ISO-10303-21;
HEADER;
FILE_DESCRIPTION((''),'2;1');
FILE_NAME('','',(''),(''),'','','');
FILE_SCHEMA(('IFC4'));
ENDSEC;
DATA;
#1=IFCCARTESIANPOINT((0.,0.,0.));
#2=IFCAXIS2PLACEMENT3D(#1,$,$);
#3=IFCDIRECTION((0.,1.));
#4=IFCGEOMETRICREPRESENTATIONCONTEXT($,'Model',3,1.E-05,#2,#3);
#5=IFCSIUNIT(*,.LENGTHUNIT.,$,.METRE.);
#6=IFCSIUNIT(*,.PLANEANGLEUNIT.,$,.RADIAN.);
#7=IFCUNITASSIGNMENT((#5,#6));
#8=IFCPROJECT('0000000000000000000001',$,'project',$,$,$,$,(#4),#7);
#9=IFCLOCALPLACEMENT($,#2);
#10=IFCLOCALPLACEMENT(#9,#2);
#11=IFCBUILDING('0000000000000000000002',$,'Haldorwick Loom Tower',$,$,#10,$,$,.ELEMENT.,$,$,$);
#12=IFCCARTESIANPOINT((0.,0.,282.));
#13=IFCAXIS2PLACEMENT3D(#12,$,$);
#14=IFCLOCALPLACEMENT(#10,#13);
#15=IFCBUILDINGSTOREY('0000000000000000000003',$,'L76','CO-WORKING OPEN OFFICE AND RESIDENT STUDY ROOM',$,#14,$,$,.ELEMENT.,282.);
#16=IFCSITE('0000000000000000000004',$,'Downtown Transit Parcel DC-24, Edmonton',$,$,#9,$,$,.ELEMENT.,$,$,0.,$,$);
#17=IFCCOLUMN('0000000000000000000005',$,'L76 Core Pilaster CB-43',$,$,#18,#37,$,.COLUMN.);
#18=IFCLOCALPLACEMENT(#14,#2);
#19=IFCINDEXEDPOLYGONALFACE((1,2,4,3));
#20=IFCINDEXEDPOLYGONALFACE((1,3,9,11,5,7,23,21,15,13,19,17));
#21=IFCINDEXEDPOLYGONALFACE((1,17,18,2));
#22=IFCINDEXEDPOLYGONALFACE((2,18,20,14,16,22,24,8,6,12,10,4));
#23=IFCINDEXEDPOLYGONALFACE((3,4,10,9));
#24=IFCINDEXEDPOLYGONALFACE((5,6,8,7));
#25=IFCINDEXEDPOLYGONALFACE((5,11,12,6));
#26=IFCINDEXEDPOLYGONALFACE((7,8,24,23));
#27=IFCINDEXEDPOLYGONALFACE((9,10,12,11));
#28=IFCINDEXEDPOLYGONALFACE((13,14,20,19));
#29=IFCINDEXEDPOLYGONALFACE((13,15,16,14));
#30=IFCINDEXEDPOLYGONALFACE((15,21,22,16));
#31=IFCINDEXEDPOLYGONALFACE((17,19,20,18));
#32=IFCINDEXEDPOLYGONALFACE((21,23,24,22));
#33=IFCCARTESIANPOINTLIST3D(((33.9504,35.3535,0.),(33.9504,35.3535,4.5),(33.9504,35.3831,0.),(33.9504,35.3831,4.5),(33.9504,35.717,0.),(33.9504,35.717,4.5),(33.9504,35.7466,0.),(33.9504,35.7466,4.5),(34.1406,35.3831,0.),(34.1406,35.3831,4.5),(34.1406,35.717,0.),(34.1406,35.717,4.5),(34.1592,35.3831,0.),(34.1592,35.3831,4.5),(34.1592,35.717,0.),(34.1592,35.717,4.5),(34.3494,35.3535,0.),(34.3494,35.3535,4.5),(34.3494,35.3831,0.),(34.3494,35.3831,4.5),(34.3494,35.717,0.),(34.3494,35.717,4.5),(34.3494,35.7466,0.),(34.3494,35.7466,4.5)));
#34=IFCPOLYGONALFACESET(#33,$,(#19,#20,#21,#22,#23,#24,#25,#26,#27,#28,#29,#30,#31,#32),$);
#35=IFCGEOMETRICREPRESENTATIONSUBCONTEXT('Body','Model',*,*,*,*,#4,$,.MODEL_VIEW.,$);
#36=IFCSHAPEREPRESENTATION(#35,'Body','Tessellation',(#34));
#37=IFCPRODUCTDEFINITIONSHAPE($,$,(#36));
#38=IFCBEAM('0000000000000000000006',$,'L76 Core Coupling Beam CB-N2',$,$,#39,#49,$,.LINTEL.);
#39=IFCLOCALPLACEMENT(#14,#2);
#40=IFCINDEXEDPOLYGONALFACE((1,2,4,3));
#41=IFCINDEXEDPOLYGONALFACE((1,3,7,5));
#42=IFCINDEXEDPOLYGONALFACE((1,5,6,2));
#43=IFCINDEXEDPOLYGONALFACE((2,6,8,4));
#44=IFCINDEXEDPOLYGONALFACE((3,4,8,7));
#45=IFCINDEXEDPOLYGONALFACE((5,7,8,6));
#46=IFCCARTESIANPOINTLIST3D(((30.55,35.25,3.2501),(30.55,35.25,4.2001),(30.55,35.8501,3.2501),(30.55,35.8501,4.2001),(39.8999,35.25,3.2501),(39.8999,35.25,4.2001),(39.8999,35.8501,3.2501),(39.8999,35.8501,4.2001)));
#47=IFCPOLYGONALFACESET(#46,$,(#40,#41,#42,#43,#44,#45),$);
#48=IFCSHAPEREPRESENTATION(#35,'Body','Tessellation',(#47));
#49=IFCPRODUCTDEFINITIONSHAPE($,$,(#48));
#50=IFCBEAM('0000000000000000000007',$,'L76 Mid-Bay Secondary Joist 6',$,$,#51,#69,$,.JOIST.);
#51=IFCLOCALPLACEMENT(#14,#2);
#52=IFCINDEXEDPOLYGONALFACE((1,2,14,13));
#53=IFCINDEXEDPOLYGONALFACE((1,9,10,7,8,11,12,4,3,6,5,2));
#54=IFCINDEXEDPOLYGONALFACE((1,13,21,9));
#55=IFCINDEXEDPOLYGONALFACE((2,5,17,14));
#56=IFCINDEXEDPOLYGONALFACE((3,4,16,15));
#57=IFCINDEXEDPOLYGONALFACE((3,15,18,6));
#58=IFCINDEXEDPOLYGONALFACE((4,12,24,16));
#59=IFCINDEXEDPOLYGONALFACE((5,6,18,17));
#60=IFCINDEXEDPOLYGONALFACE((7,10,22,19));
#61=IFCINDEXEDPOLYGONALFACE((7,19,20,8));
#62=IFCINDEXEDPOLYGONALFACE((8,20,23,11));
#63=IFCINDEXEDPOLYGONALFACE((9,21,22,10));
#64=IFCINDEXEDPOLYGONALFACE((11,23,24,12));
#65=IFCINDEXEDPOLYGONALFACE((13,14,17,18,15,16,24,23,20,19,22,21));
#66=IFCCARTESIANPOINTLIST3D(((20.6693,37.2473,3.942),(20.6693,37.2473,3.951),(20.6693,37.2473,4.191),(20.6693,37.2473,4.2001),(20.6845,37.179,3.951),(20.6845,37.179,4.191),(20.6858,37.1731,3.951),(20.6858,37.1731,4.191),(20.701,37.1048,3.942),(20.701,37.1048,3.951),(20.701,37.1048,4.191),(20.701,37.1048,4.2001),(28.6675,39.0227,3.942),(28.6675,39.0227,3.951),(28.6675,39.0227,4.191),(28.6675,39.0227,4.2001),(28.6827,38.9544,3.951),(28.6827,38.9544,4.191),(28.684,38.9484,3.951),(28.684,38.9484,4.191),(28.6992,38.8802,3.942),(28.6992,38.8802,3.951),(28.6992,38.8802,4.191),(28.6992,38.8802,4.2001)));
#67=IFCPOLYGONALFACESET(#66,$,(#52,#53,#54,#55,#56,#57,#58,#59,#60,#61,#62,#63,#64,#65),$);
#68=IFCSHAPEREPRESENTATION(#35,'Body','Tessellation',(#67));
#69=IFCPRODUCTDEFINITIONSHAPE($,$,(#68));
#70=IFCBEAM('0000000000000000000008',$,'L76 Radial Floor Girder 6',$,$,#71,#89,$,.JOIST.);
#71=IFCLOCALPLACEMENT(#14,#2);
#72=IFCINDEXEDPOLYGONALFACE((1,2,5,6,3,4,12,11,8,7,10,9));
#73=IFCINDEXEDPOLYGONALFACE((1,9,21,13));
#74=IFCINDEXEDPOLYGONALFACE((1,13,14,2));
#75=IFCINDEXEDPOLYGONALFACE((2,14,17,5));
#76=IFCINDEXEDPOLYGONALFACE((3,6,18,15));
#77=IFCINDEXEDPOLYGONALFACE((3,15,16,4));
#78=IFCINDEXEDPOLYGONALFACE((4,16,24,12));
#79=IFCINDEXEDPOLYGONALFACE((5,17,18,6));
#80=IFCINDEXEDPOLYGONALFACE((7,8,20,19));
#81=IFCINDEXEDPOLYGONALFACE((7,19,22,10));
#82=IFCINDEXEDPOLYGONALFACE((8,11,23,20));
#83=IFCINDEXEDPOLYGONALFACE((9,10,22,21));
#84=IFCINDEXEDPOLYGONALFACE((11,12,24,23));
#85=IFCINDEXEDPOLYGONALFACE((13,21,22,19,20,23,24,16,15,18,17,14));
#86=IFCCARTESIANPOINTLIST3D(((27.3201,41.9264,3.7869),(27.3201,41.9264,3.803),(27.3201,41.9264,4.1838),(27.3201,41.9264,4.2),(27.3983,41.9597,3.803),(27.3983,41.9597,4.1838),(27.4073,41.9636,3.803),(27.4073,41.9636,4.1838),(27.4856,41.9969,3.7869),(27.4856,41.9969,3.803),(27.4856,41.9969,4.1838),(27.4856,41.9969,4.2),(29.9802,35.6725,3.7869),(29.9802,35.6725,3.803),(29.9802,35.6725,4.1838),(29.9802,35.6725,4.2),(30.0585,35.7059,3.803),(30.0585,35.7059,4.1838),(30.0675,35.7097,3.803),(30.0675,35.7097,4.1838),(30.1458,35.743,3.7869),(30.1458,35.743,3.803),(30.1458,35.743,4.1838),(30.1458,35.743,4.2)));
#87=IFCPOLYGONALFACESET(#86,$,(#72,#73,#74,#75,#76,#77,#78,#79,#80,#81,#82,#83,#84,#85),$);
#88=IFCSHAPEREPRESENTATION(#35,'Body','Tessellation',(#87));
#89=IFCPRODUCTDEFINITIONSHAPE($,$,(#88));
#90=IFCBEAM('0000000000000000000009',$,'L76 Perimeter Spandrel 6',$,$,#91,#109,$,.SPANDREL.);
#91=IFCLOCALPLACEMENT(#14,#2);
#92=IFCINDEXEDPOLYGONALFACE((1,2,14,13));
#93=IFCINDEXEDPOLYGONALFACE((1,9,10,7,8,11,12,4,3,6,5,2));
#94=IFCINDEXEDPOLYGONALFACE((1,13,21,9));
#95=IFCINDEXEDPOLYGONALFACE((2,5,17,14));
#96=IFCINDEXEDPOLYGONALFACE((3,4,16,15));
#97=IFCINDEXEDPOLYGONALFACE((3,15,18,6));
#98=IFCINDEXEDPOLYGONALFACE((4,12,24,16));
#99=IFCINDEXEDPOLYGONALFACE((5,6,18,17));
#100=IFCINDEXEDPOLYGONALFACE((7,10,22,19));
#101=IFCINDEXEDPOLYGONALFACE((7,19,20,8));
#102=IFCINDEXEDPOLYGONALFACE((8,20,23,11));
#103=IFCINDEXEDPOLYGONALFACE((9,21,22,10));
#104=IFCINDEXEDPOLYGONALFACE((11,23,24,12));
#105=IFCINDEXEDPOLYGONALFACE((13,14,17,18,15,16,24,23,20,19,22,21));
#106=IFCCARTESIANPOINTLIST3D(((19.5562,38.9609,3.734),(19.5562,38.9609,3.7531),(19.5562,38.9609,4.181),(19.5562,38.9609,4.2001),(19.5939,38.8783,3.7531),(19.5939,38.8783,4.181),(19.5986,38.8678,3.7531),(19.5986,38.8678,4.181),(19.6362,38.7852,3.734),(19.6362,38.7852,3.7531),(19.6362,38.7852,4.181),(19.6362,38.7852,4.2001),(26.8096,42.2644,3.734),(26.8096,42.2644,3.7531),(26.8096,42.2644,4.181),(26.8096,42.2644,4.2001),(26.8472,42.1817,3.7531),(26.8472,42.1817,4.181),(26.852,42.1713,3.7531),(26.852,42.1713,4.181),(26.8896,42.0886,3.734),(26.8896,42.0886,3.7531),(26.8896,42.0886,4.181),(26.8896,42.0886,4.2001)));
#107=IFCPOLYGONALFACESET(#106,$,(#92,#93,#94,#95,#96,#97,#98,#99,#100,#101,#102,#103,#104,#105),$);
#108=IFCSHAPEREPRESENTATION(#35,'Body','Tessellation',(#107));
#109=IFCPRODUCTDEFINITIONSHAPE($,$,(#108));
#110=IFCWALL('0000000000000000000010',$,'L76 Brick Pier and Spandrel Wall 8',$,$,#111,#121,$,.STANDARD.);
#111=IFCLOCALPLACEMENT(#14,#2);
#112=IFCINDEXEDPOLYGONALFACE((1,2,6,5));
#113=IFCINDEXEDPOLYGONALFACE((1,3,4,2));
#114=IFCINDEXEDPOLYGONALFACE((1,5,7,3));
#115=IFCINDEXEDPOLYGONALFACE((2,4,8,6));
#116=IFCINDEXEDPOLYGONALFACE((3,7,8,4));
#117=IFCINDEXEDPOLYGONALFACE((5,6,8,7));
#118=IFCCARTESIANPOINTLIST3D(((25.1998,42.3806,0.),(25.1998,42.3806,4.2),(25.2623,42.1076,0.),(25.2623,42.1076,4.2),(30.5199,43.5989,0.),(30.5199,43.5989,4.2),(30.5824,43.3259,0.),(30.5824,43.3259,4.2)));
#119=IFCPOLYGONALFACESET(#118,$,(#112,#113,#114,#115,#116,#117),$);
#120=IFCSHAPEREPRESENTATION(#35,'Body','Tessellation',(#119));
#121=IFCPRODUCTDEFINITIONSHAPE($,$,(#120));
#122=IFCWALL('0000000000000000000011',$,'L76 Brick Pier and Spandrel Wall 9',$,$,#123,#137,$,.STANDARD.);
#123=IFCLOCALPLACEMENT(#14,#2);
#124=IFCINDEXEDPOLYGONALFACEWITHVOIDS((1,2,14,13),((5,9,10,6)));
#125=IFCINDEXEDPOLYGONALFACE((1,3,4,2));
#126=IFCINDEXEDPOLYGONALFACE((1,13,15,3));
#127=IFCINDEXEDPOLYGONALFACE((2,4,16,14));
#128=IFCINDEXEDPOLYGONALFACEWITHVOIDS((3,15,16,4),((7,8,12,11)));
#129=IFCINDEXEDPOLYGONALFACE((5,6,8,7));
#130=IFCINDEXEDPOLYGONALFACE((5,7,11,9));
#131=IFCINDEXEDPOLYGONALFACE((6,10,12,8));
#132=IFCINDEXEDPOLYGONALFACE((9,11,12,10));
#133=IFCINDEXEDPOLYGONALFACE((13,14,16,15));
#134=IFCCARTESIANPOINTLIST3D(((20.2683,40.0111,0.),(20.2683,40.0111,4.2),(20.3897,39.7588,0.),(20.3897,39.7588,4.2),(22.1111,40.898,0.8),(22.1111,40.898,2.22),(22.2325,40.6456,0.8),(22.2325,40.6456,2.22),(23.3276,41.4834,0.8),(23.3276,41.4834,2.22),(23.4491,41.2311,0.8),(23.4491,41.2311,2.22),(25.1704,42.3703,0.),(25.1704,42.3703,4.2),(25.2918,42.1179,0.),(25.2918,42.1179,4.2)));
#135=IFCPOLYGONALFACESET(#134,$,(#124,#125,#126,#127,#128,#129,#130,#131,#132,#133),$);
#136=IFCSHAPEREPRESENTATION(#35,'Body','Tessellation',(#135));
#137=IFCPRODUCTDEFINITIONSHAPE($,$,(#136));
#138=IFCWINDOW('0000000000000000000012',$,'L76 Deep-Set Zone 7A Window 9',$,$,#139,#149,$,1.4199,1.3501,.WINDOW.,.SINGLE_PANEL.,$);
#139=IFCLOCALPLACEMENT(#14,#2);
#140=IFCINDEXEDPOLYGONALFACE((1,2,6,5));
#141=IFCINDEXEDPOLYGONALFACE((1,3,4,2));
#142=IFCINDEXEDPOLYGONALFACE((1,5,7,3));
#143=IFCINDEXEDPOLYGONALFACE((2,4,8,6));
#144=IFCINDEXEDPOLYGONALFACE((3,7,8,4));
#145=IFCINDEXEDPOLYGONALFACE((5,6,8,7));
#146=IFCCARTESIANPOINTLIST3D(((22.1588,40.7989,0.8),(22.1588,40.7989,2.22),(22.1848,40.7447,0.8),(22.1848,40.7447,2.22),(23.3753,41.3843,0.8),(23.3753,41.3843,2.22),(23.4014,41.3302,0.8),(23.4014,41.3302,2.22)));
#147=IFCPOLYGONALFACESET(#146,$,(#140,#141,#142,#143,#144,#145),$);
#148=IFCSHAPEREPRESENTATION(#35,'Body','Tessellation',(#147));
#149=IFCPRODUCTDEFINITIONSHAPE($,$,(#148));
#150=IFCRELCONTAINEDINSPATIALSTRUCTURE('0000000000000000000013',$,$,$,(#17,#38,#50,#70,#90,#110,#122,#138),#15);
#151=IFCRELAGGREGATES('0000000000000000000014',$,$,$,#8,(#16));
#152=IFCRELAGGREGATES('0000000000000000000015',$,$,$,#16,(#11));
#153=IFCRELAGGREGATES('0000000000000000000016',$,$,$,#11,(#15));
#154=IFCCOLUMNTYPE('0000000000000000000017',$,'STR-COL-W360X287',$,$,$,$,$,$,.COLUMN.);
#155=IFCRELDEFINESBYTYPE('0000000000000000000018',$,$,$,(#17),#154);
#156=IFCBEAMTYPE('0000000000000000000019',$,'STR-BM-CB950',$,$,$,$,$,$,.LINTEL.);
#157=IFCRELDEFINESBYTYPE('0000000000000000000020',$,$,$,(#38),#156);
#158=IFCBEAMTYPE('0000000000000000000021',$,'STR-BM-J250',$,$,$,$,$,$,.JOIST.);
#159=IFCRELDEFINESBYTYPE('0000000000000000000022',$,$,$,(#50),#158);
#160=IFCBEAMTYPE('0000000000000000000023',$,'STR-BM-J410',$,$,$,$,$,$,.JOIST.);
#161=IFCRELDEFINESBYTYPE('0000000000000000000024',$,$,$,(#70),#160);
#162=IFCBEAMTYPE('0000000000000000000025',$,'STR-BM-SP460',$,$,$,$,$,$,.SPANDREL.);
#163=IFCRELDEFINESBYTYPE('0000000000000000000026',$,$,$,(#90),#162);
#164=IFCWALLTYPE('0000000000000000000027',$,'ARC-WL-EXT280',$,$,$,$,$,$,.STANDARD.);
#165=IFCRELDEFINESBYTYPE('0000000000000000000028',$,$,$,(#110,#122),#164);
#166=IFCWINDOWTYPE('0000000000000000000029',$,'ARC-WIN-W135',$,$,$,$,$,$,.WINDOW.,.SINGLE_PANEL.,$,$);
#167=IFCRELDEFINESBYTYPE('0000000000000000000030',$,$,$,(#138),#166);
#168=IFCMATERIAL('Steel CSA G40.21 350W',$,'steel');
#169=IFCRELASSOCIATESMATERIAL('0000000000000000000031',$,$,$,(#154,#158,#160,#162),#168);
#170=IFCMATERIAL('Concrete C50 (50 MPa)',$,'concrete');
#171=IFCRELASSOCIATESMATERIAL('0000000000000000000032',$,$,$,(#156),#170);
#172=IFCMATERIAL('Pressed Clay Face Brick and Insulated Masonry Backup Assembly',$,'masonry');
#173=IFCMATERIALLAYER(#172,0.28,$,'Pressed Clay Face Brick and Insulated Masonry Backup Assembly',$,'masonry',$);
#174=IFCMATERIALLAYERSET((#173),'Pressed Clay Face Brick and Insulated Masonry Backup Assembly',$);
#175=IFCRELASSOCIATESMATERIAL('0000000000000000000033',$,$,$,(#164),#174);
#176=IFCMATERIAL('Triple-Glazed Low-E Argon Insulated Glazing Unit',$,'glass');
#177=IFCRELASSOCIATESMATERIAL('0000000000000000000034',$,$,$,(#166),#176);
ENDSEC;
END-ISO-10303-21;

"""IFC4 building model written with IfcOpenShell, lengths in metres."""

from ifc_helpers import new_model, si_unit, direction, frame, frame_2d, origin, origin_2d, place, context, subcontext, project, spatial, rectangle, i_section, extrude, material, layer, layer_set, material_profile, profile_set, type_object, element, fill, save


model = new_model("IFC4")

# Units and contexts
model_context = context("Model", 3, precision=1e-05, world=origin(), true_north=direction((0.0, 1.0)))
body_context = subcontext(model_context, "Body", "Model", "MODEL_VIEW")
ifc_project = project(units=[si_unit("LENGTHUNIT", "METRE"), si_unit("PLANEANGLEUNIT", "RADIAN")], contexts=[model_context])

# Site, building, storey
site_placement = place(None, origin())
site = spatial("IfcSite", under=ifc_project, at=site_placement, Name="Downtown Transit Parcel DC-24, Edmonton", CompositionType="ELEMENT", RefElevation=0.0)
building_placement = place(site_placement, origin())
building = spatial("IfcBuilding", under=site, at=building_placement, Name="Haldorwick Loom Tower", CompositionType="ELEMENT")
storey_placement = place(building_placement, frame((0.0, 0.0, 282.0)))
storey = spatial("IfcBuildingStorey", under=building, at=storey_placement, Name="L76", Description="CO-WORKING OPEN OFFICE AND RESIDENT STUDY ROOM", CompositionType="ELEMENT", Elevation=282.0)

# Column
ifc_material_1 = material(Name="Concrete C50 (50 MPa)", Category="concrete")
ifc_material_2 = material(Name="Steel CSA G40.21 350W", Category="steel")
ifc_material_profile_1 = material_profile(ifc_material_2, i_section(OverallWidth=0.3989, OverallDepth=0.3931, WebThickness=0.0186, FlangeThickness=0.0295, at=origin_2d()), Name="W360X287", Category="steel")
ifc_profile_set_1 = profile_set([ifc_material_profile_1], Name="Steel CSA G40.21 350W")
column_type_1 = type_object("IfcColumnType", Name="STR-COL-W360X287", PredefinedType="COLUMN", material=ifc_profile_set_1)
for number, where, z_axis, x_axis, name in (
    (1, (34.1499, 35.55, 0.0), (0.0, 0.0, 1.0), (1.0, 0.0, 0.0), "L76 Core Pilaster CB-43"),
):
    element("IfcColumn", number, at=place(storey_placement, frame(where, z_axis=z_axis, x_axis=x_axis)), inside=storey, type_object=column_type_1, Name=name, PredefinedType="COLUMN", context=body_context, shape_type="SweptSolid", body=[
        extrude(i_section(OverallWidth=0.3989, OverallDepth=0.3931, WebThickness=0.0186, FlangeThickness=0.0295, at=origin_2d()), origin(), (0.0, 0.0, 1.0), 4.5),
    ])

# Beams
ifc_material_profile_2 = material_profile(ifc_material_1, rectangle(XDim=0.6001, YDim=0.95, at=origin_2d()), Name="RC600X950", Category="concrete")
ifc_profile_set_2 = profile_set([ifc_material_profile_2], Name="Concrete C50 (50 MPa)")
beam_type_1 = type_object("IfcBeamType", Name="STR-BM-CB950", PredefinedType="LINTEL", material=ifc_profile_set_2)
beam_1_placement = place(storey_placement, frame((30.55, 35.55, 3.7251), z_axis=(1.0, 0.0, 0.0), x_axis=(0.0, 1.0, 0.0)))
element("IfcBeam", 2, at=beam_1_placement, inside=storey, type_object=beam_type_1, Name="L76 Core Coupling Beam CB-N2", PredefinedType="LINTEL", context=body_context, shape_type="SweptSolid", body=[
    extrude(rectangle(XDim=0.6001, YDim=0.95, at=origin_2d()), origin(), (0.0, 0.0, 1.0), 9.3499),
])
ifc_material_profile_3 = material_profile(ifc_material_2, i_section(OverallWidth=0.146, OverallDepth=0.2581, WebThickness=0.0061, FlangeThickness=0.009, at=origin_2d()), Name="W250X33", Category="steel")
ifc_profile_set_3 = profile_set([ifc_material_profile_3], Name="Steel CSA G40.21 350W")
beam_type_2 = type_object("IfcBeamType", Name="STR-BM-J250", PredefinedType="JOIST", material=ifc_profile_set_3)
beam_2_placement = place(storey_placement, frame((28.6833, 38.9514, 4.071), z_axis=(-0.976239, -0.216697, 0.0), x_axis=(0.216697, -0.976239, 0.0)))
element("IfcBeam", 3, at=beam_2_placement, inside=storey, type_object=beam_type_2, Name="L76 Mid-Bay Secondary Joist 6", PredefinedType="JOIST", context=body_context, shape_type="SweptSolid", body=[
    extrude(i_section(OverallWidth=0.146, OverallDepth=0.2581, WebThickness=0.0061, FlangeThickness=0.009, at=origin_2d()), origin(), (0.0, 0.0, 1.0), 8.1929),
])
ifc_material_profile_4 = material_profile(ifc_material_2, i_section(OverallWidth=0.1799, OverallDepth=0.4131, WebThickness=0.0098, FlangeThickness=0.0161, at=origin_2d()), Name="W410X74", Category="steel")
ifc_profile_set_4 = profile_set([ifc_material_profile_4], Name="Steel CSA G40.21 350W")
beam_type_3 = type_object("IfcBeamType", Name="STR-BM-J410", PredefinedType="JOIST", material=ifc_profile_set_4)
beam_3_placement = place(storey_placement, frame((30.063, 35.7078, 3.9934), z_axis=(-0.391421, 0.920212, 0.0), x_axis=(-0.920212, -0.391421, 0.0)))
element("IfcBeam", 4, at=beam_3_placement, inside=storey, type_object=beam_type_3, Name="L76 Radial Floor Girder 6", PredefinedType="JOIST", context=body_context, shape_type="SweptSolid", body=[
    extrude(i_section(OverallWidth=0.1799, OverallDepth=0.4131, WebThickness=0.0098, FlangeThickness=0.0161, at=origin_2d()), origin(), (0.0, 0.0, 1.0), 6.7961),
])
ifc_material_profile_5 = material_profile(ifc_material_2, i_section(OverallWidth=0.1931, OverallDepth=0.4661, WebThickness=0.0115, FlangeThickness=0.019, at=origin_2d()), Name="W460X97", Category="steel")
ifc_profile_set_5 = profile_set([ifc_material_profile_5], Name="Steel CSA G40.21 350W")
beam_type_4 = type_object("IfcBeamType", Name="STR-BM-SP460", PredefinedType="SPANDREL", material=ifc_profile_set_5)
beam_4_placement = place(storey_placement, frame((26.8496, 42.1765, 3.967), z_axis=(-0.910061, -0.414474, 0.0), x_axis=(0.414474, -0.910061, 0.0)))
element("IfcBeam", 5, at=beam_4_placement, inside=storey, type_object=beam_type_4, Name="L76 Perimeter Spandrel 6", PredefinedType="SPANDREL", context=body_context, shape_type="SweptSolid", body=[
    extrude(i_section(OverallWidth=0.1931, OverallDepth=0.4661, WebThickness=0.0115, FlangeThickness=0.019, at=origin_2d()), origin(), (0.0, 0.0, 1.0), 7.9702),
])

# Wall
ifc_material_3 = material(Name="Pressed Clay Face Brick and Insulated Masonry Backup Assembly", Category="masonry")
ifc_layer = layer(ifc_material_3, 0.28, Name="Pressed Clay Face Brick and Insulated Masonry Backup Assembly", Category="masonry")
ifc_layer_set = layer_set([ifc_layer], Name="Pressed Clay Face Brick and Insulated Masonry Backup Assembly")
wall_type = type_object("IfcWallType", Name="ARC-WL-EXT280", PredefinedType="STANDARD", material=ifc_layer_set)
wall_1_placement = place(storey_placement, frame((30.5513, 43.4624, 0.0), z_axis=(0.0, 0.0, 1.0), x_axis=(-0.974769, -0.223216, 0.0)))
element("IfcWall", 6, at=wall_1_placement, inside=storey, type_object=wall_type, Name="L76 Brick Pier and Spandrel Wall 8", PredefinedType="STANDARD", context=body_context, shape_type="SweptSolid", body=[
    extrude(rectangle(XDim=5.4578, YDim=0.28, at=frame_2d((2.729, 0.0))), origin(), (0.0, 0.0, 1.0), 4.2),
])

# Wall, opening, window
wall_2_placement = place(storey_placement, frame((25.2312, 42.2441, 0.0), z_axis=(0.0, 0.0, 1.0), x_axis=(-0.901084, -0.433646, 0.0)))
wall_2 = element("IfcWall", 7, at=wall_2_placement, inside=storey, type_object=wall_type, Name="L76 Brick Pier and Spandrel Wall 9", PredefinedType="STANDARD", context=body_context, shape_type="SweptSolid", body=[
    extrude(rectangle(XDim=5.4402, YDim=0.28, at=frame_2d((2.7202, 0.0))), origin(), (0.0, 0.0, 1.0), 4.2),
])
opening_placement = place(wall_2_placement, frame((2.0452, 0.0, 0.8)))
opening = element("IfcOpeningElement", 8, at=opening_placement, cuts=wall_2, PredefinedType="OPENING", context=body_context, shape_type="SweptSolid", body=[
    extrude(rectangle(XDim=1.3501, YDim=1.4199, at=frame_2d((0.675, 0.71))), frame((0.0, 0.1499, 0.0), z_axis=(0.0, -1.0, 0.0), x_axis=(1.0, 0.0, 0.0)), (0.0, 0.0, 1.0), 0.3),
])
ifc_material_4 = material(Name="Triple-Glazed Low-E Argon Insulated Glazing Unit", Category="glass")
window_type = type_object("IfcWindowType", Name="ARC-WIN-W135", PartitioningType="SINGLE_PANEL", PredefinedType="WINDOW", material=ifc_material_4)
window_placement = place(opening_placement, origin())
window = element("IfcWindow", 9, at=window_placement, inside=storey, type_object=window_type, Name="L76 Deep-Set Zone 7A Window 9", OverallHeight=1.4199, OverallWidth=1.3501, PartitioningType="SINGLE_PANEL", PredefinedType="WINDOW", context=body_context, shape_type="SweptSolid", body=[
    extrude(rectangle(XDim=1.3501, YDim=1.4199, at=frame_2d((0.675, 0.71))), frame((0.0, 0.03, 0.0), z_axis=(0.0, -1.0, 0.0), x_axis=(1.0, 0.0, 0.0)), (0.0, 0.0, 1.0), 0.0601),
])
fill(opening, window)

save(model, "model.ifc")
